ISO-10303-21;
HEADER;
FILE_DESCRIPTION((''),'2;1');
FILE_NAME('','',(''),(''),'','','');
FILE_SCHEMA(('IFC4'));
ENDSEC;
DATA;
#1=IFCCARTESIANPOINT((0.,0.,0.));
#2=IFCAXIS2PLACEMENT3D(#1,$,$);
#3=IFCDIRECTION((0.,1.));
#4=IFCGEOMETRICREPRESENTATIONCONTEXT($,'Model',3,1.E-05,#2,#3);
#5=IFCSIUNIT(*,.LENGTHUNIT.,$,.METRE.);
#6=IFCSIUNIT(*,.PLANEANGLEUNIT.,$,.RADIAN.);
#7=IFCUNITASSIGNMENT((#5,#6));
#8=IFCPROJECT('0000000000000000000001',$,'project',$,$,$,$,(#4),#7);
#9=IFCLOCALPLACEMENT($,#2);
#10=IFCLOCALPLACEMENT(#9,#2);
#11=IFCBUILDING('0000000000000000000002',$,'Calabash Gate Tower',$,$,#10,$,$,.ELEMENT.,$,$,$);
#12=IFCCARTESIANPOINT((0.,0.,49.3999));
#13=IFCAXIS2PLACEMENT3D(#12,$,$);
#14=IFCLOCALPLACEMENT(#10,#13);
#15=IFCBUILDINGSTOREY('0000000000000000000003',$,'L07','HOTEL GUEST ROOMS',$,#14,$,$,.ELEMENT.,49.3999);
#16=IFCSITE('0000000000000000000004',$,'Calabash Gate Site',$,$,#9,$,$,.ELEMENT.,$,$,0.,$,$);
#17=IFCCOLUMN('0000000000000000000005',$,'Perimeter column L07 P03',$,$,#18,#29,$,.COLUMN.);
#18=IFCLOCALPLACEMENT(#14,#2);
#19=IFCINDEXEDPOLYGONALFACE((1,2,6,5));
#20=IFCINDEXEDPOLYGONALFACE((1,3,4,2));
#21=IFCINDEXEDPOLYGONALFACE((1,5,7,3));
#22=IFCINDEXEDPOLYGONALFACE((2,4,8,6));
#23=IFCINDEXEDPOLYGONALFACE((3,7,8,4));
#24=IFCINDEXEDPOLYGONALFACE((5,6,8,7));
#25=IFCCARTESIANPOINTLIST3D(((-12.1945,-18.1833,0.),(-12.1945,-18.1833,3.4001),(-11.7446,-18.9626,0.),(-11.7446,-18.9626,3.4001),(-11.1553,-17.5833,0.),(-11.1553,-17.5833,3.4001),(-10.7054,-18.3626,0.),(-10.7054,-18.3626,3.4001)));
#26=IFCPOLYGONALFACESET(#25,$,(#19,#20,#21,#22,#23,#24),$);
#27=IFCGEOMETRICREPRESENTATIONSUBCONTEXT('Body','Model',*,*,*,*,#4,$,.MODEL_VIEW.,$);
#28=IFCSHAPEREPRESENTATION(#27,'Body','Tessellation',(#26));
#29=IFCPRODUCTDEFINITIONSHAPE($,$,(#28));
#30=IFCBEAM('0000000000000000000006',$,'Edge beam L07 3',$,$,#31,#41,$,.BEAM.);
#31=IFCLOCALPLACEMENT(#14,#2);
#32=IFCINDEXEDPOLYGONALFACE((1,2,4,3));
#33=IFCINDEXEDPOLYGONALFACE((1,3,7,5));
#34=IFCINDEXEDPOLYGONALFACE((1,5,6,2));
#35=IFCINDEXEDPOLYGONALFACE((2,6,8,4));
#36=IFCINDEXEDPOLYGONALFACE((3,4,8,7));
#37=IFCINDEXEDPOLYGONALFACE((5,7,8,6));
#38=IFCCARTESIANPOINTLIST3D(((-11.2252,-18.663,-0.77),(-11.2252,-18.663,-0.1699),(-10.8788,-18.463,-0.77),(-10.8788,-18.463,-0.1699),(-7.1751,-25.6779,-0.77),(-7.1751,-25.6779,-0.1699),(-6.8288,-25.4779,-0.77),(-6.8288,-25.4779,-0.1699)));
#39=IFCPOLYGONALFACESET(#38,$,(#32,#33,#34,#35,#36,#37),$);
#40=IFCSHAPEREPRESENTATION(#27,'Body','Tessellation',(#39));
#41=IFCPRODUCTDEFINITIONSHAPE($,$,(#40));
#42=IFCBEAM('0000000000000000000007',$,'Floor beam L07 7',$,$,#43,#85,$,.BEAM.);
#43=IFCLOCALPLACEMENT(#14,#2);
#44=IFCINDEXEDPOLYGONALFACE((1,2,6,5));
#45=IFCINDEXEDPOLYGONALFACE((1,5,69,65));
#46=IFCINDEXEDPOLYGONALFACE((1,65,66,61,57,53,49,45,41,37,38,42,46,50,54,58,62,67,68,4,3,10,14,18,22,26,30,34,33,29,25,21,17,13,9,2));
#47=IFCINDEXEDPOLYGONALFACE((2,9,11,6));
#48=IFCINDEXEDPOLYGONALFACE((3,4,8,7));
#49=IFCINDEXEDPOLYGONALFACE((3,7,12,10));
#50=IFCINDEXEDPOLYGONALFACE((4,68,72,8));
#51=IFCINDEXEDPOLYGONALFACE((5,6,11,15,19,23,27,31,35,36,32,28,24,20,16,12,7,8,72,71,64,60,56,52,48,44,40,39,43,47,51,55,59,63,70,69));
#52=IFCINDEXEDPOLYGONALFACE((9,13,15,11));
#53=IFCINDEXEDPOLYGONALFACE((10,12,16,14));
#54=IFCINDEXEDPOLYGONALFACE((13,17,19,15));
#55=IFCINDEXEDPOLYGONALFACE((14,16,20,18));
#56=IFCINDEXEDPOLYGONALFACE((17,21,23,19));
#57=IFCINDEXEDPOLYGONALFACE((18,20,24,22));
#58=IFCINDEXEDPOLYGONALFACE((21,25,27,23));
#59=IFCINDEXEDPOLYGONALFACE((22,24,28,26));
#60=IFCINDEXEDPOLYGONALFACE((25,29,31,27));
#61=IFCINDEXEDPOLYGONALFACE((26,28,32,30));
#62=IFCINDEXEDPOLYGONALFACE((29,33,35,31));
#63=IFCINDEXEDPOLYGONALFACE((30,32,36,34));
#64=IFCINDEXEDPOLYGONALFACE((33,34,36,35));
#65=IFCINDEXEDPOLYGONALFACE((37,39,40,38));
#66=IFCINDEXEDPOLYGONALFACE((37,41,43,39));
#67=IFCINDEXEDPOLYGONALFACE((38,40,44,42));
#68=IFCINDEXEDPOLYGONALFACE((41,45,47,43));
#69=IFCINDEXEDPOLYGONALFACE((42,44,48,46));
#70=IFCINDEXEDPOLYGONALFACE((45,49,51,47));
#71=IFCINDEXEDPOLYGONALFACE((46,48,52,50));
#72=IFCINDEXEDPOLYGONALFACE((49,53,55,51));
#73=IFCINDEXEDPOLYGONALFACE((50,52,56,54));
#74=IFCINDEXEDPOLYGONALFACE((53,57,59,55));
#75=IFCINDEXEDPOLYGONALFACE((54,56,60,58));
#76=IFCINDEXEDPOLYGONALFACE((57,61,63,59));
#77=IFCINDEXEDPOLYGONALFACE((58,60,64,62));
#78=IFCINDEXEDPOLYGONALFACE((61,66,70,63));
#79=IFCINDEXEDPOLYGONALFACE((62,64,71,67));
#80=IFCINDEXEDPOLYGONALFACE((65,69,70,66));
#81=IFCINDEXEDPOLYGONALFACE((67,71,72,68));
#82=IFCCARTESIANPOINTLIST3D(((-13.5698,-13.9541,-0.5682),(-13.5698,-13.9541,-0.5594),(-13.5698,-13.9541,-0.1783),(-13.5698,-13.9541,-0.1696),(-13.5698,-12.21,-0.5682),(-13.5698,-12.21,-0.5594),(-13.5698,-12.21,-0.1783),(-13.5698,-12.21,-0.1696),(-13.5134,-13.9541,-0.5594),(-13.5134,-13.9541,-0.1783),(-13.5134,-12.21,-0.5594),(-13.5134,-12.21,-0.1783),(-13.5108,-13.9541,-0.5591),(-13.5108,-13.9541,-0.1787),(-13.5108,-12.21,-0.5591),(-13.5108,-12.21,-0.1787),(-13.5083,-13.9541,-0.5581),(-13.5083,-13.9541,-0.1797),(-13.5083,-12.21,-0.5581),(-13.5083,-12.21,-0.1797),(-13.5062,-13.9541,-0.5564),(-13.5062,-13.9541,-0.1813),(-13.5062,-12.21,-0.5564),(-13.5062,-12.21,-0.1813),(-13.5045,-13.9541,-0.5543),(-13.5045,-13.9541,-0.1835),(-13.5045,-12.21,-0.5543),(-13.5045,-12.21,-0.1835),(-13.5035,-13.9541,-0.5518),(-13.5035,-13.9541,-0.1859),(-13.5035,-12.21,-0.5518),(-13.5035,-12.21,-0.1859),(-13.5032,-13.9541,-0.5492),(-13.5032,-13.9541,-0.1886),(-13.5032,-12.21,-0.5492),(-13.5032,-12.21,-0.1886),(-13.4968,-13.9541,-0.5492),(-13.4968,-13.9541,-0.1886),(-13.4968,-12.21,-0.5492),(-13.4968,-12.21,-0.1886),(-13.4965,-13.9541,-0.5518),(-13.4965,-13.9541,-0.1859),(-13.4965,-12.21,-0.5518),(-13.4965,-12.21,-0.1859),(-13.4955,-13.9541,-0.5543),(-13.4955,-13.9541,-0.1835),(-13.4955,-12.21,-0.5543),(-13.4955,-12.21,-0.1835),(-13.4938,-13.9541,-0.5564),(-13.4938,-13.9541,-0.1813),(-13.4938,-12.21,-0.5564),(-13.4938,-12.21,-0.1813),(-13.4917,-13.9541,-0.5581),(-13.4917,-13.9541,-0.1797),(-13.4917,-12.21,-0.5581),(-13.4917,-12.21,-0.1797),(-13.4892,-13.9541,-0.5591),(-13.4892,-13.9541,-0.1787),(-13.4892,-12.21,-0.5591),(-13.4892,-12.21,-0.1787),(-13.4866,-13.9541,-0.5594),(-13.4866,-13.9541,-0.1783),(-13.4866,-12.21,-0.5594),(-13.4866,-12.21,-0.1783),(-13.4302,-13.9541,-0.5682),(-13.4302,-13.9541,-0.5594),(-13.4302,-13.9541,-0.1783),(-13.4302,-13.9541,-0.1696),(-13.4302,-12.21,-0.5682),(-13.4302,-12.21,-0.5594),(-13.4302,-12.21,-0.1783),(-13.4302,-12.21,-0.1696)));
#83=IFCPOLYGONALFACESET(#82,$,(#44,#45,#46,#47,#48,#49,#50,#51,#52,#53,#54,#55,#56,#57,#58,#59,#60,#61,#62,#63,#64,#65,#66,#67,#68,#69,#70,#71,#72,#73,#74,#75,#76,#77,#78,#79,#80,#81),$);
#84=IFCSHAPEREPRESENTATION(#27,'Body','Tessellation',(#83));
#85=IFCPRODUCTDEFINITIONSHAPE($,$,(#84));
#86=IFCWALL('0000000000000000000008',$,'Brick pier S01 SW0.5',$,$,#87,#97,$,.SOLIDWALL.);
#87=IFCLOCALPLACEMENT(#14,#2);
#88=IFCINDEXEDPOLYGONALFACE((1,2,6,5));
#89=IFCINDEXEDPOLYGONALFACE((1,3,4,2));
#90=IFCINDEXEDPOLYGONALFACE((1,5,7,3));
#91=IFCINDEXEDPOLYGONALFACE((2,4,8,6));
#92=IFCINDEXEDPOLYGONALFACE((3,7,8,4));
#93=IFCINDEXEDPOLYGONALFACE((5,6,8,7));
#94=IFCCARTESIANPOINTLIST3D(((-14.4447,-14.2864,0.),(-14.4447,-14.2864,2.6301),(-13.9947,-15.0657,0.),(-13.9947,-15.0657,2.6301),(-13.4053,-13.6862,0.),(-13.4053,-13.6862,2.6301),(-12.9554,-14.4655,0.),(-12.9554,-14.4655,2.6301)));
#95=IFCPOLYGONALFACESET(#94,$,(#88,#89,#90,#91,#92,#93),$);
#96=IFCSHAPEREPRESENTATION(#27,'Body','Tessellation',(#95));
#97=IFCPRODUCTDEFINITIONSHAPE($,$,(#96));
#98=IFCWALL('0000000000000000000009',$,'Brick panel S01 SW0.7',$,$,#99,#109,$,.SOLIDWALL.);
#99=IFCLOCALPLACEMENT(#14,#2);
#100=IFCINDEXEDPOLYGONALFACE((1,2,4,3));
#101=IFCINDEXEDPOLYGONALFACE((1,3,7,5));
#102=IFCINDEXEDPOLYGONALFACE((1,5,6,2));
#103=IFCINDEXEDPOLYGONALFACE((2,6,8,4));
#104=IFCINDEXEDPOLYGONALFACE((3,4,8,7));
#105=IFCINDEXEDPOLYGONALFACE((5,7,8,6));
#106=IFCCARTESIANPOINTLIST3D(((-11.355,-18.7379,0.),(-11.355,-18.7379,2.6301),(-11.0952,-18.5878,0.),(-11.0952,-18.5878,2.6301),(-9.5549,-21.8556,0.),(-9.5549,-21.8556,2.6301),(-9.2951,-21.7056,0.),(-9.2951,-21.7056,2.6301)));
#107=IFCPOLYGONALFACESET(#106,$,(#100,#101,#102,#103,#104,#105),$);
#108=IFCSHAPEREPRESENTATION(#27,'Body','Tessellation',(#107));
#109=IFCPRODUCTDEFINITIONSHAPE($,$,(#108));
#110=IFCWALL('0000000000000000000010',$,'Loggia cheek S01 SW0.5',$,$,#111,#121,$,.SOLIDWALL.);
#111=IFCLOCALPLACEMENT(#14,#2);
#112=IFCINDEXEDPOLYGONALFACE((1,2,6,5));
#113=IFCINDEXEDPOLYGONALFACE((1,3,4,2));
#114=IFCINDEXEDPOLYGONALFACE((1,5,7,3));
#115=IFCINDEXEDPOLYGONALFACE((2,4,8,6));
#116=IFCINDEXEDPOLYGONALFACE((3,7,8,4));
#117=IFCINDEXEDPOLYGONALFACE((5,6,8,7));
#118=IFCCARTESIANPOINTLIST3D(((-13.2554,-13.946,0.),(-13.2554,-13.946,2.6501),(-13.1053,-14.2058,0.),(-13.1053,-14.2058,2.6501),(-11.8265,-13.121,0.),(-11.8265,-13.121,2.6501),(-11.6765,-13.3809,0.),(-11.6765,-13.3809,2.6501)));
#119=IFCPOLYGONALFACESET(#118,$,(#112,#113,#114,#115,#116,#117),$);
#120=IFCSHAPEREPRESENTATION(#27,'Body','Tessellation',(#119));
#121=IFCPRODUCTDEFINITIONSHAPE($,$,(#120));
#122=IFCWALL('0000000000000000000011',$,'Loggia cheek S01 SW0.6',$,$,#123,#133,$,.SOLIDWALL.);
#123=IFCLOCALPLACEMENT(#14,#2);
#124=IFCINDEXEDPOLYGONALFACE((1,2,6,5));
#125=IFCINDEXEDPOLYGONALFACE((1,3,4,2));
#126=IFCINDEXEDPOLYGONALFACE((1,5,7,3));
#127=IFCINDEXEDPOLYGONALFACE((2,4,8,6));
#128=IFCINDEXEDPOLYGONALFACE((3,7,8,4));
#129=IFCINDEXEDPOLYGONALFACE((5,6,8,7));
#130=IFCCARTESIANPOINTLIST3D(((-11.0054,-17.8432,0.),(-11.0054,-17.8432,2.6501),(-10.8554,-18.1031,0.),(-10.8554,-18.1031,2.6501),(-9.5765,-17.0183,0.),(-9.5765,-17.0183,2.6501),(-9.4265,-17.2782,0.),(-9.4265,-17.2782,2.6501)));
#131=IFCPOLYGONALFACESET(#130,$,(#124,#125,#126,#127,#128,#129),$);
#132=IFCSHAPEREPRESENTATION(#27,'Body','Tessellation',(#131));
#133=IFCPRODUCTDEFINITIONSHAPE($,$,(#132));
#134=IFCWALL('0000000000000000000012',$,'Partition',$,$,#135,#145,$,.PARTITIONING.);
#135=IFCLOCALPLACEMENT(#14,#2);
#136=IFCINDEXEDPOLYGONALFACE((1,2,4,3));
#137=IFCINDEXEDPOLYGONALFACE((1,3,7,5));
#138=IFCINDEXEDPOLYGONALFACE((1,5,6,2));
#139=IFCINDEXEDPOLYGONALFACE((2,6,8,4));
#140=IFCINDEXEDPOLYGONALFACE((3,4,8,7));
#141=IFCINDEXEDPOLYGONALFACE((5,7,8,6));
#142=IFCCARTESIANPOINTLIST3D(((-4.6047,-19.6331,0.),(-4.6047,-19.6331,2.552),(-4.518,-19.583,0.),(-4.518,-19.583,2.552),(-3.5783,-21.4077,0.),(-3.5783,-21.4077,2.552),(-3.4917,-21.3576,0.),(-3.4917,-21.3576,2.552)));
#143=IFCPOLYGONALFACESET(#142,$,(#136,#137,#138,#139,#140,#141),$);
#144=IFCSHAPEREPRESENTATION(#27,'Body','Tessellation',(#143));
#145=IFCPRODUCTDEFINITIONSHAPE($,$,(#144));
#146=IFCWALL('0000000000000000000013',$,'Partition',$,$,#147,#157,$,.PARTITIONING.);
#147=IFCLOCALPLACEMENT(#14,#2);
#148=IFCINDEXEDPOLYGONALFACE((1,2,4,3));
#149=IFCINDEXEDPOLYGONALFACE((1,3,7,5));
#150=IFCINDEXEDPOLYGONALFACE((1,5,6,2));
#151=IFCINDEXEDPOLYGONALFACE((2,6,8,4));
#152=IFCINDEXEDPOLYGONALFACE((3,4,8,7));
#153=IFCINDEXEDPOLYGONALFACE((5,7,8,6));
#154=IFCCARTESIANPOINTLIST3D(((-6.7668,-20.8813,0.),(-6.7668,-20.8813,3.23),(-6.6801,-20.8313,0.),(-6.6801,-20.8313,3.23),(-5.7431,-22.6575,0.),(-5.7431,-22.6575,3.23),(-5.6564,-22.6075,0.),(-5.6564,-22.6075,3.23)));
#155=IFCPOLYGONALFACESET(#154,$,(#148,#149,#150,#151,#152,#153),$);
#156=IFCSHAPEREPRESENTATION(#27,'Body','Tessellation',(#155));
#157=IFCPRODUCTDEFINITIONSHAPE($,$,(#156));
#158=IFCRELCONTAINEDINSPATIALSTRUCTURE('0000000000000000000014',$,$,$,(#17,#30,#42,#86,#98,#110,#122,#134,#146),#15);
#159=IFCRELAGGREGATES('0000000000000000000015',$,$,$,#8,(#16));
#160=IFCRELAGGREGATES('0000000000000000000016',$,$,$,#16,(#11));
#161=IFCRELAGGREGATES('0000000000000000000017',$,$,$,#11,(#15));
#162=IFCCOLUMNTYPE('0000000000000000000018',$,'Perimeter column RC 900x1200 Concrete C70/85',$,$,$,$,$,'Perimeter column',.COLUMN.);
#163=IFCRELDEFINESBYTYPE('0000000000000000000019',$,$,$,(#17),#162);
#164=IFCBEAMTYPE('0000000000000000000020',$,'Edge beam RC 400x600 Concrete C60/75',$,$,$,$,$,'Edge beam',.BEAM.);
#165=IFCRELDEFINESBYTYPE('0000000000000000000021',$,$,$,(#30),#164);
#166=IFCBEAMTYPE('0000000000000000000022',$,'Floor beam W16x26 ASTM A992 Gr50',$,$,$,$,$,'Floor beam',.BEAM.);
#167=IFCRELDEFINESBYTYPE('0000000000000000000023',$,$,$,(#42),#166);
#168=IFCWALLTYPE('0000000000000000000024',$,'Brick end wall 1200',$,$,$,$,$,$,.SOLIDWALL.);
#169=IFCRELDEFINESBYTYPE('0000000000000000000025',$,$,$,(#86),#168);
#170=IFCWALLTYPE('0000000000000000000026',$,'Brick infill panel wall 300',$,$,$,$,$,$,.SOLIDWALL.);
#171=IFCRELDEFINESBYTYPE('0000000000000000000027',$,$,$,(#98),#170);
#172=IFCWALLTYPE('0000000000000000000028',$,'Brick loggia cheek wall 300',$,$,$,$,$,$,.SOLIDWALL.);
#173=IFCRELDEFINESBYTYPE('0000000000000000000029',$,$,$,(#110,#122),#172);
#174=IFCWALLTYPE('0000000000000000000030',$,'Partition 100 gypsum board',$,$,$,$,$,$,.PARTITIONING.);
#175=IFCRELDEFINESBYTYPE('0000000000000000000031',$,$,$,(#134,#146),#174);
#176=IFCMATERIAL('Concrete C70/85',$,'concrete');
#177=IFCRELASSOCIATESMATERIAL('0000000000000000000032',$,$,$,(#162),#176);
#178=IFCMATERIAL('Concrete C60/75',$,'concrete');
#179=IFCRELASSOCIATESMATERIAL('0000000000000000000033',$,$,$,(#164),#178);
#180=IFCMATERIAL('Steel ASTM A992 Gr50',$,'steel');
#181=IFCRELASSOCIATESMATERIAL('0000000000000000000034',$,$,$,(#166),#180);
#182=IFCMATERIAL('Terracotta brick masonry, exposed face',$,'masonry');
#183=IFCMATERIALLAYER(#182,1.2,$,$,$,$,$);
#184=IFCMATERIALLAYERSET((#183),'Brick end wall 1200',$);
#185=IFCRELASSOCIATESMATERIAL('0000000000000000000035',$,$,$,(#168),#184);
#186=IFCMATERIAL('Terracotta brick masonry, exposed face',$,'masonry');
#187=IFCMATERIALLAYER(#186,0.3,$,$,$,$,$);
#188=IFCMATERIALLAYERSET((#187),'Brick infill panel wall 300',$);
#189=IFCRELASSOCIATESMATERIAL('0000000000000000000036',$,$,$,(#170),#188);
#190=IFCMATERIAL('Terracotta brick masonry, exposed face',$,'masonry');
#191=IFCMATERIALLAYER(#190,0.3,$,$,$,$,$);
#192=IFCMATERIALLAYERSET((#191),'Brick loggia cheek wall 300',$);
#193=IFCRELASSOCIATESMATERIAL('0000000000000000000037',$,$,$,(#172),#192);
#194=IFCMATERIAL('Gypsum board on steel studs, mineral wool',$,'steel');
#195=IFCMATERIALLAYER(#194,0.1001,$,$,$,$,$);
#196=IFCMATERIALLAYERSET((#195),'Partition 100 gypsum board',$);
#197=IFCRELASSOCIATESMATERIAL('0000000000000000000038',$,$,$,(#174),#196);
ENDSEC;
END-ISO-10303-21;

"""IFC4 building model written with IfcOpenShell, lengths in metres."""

from ifc_helpers import new_model, si_unit, direction, frame, frame_2d, origin, origin_2d, place, context, subcontext, project, spatial, rectangle, i_section, extrude, material, layer, layer_set, material_profile, profile_set, type_object, element, save


model = new_model("IFC4")

# Units and contexts
model_context = context("Model", 3, precision=1e-05, world=origin(), true_north=direction((0.0, 1.0)))
body_context = subcontext(model_context, "Body", "Model", "MODEL_VIEW")
ifc_project = project(units=[si_unit("LENGTHUNIT", "METRE"), si_unit("PLANEANGLEUNIT", "RADIAN")], contexts=[model_context])

# Site, building, storey
site_placement = place(None, origin())
site = spatial("IfcSite", under=ifc_project, at=site_placement, Name="Calabash Gate Site", CompositionType="ELEMENT", RefElevation=0.0)
building_placement = place(site_placement, origin())
building = spatial("IfcBuilding", under=site, at=building_placement, Name="Calabash Gate Tower", CompositionType="ELEMENT")
storey_placement = place(building_placement, frame((0.0, 0.0, 49.3999)))
storey = spatial("IfcBuildingStorey", under=building, at=storey_placement, Name="L07", Description="HOTEL GUEST ROOMS", CompositionType="ELEMENT", Elevation=49.3999)

# Column
ifc_material_1 = material(Name="Concrete C70/85", Category="concrete")
ifc_material_profile_1 = material_profile(ifc_material_1, rectangle(XDim=0.8999, YDim=1.2, at=origin_2d()))
ifc_profile_set_1 = profile_set([ifc_material_profile_1], Name="Concrete C70/85")
column_type = type_object("IfcColumnType", Name="Perimeter column RC 900x1200 Concrete C70/85", ElementType="Perimeter column", PredefinedType="COLUMN", material=ifc_profile_set_1)
column_placement = place(storey_placement, frame((-11.45, -18.2729, 0.0), z_axis=(0.0, 0.0, 1.0), x_axis=(0.5, -0.866025, 0.0)))
element("IfcColumn", 1, at=column_placement, inside=storey, type_object=column_type, Name="Perimeter column L07 P03", PredefinedType="COLUMN", context=body_context, shape_type="SweptSolid", body=[
    extrude(rectangle(XDim=0.8999, YDim=1.2, at=origin_2d()), origin(), (0.0, 0.0, 1.0), 3.4001),
])

# Beams
ifc_material_2 = material(Name="Concrete C60/75", Category="concrete")
ifc_material_profile_2 = material_profile(ifc_material_2, rectangle(XDim=0.3999, YDim=0.6001, at=origin_2d()))
ifc_profile_set_2 = profile_set([ifc_material_profile_2], Name="Concrete C60/75")
beam_type_1 = type_object("IfcBeamType", Name="Edge beam RC 400x600 Concrete C60/75", ElementType="Edge beam", PredefinedType="BEAM", material=ifc_profile_set_2)
beam_1_placement = place(storey_placement, frame((-11.052, -18.563, -0.47), z_axis=(0.5, -0.866025, 0.0), x_axis=(0.866025, 0.5, 0.0)))
element("IfcBeam", 2, at=beam_1_placement, inside=storey, type_object=beam_type_1, Name="Edge beam L07 3", PredefinedType="BEAM", context=body_context, shape_type="SweptSolid", body=[
    extrude(rectangle(XDim=0.3999, YDim=0.6001, at=origin_2d()), origin(), (0.0, 0.0, 1.0), 8.1001),
])
ifc_material_3 = material(Name="Steel ASTM A992 Gr50", Category="steel")
ifc_material_profile_3 = material_profile(ifc_material_3, i_section(OverallWidth=0.1396, OverallDepth=0.3987, WebThickness=0.0063, FlangeThickness=0.0088, FilletRadius=0.0103, at=origin_2d()))
ifc_profile_set_3 = profile_set([ifc_material_profile_3], Name="Steel ASTM A992 Gr50")
beam_type_2 = type_object("IfcBeamType", Name="Floor beam W16x26 ASTM A992 Gr50", ElementType="Floor beam", PredefinedType="BEAM", material=ifc_profile_set_3)
beam_2_placement = place(storey_placement, frame((-13.5, -13.9541, -0.3689), z_axis=(0.0, 1.0, 0.0), x_axis=(-1.0, 0.0, 0.0)))
element("IfcBeam", 3, at=beam_2_placement, inside=storey, type_object=beam_type_2, Name="Floor beam L07 7", PredefinedType="BEAM", context=body_context, shape_type="SweptSolid", body=[
    extrude(i_section(OverallWidth=0.1396, OverallDepth=0.3987, WebThickness=0.0063, FlangeThickness=0.0088, FilletRadius=0.0103, at=origin_2d()), origin(), (0.0, 0.0, 1.0), 1.7441),
])

# Walls
ifc_material_4 = material(Name="Terracotta brick masonry, exposed face", Category="masonry")
ifc_layer_1 = layer(ifc_material_4, 1.2)
ifc_layer_set_1 = layer_set([ifc_layer_1], Name="Brick end wall 1200")
wall_type_1 = type_object("IfcWallType", Name="Brick end wall 1200", PredefinedType="SOLIDWALL", material=ifc_layer_set_1)
wall_1_placement = place(storey_placement, frame((-14.2197, -14.676, 0.0), z_axis=(0.0, 0.0, 1.0), x_axis=(0.866006, 0.500034, 0.0)))
element("IfcWall", 4, at=wall_1_placement, inside=storey, type_object=wall_type_1, Name="Brick pier S01 SW0.5", PredefinedType="SOLIDWALL", context=body_context, shape_type="SweptSolid", body=[
    extrude(rectangle(XDim=1.2002, YDim=0.8999, at=frame_2d((0.6001, 0.0))), origin(), (0.0, 0.0, 1.0), 2.6301),
])
ifc_material_5 = material(Name="Terracotta brick masonry, exposed face", Category="masonry")
ifc_layer_2 = layer(ifc_material_5, 0.3)
ifc_layer_set_2 = layer_set([ifc_layer_2], Name="Brick infill panel wall 300")
wall_type_2 = type_object("IfcWallType", Name="Brick infill panel wall 300", PredefinedType="SOLIDWALL", material=ifc_layer_set_2)
wall_2_placement = place(storey_placement, frame((-11.2251, -18.6628, 0.0), z_axis=(0.0, 0.0, 1.0), x_axis=(0.500012, -0.866018, 0.0)))
element("IfcWall", 5, at=wall_2_placement, inside=storey, type_object=wall_type_2, Name="Brick panel S01 SW0.7", PredefinedType="SOLIDWALL", context=body_context, shape_type="SweptSolid", body=[
    extrude(rectangle(XDim=3.6001, YDim=0.3, at=frame_2d((1.8, 0.0))), origin(), (0.0, 0.0, 1.0), 2.6301),
])
ifc_material_6 = material(Name="Terracotta brick masonry, exposed face", Category="masonry")
ifc_layer_3 = layer(ifc_material_6, 0.3)
ifc_layer_set_3 = layer_set([ifc_layer_3], Name="Brick loggia cheek wall 300")
wall_type_3 = type_object("IfcWallType", Name="Brick loggia cheek wall 300", PredefinedType="SOLIDWALL", material=ifc_layer_set_3)
for number, where, z_axis, x_axis, name in (
    (6, (-11.7515, -13.251, 0.0), (0.0, 0.0, 1.0), (-0.86604, -0.499974, 0.0), "Loggia cheek S01 SW0.5"),
    (7, (-10.9304, -17.9731, 0.0), (0.0, 0.0, 1.0), (0.86604, 0.499974, 0.0), "Loggia cheek S01 SW0.6"),
):
    element("IfcWall", number, at=place(storey_placement, frame(where, z_axis=z_axis, x_axis=x_axis)), inside=storey, type_object=wall_type_3, Name=name, PredefinedType="SOLIDWALL", context=body_context, shape_type="SweptSolid", body=[
        extrude(rectangle(XDim=1.6499, YDim=0.3, at=frame_2d((0.825, 0.0))), origin(), (0.0, 0.0, 1.0), 2.6501),
    ])
ifc_material_7 = material(Name="Gypsum board on steel studs, mineral wool", Category="steel")
ifc_layer_4 = layer(ifc_material_7, 0.1001)
ifc_layer_set_4 = layer_set([ifc_layer_4], Name="Partition 100 gypsum board")
wall_type_4 = type_object("IfcWallType", Name="Partition 100 gypsum board", PredefinedType="PARTITIONING", material=ifc_layer_set_4)
wall_3_placement = place(storey_placement, frame((-4.5613, -19.6082, 0.0), z_axis=(0.0, 0.0, 1.0), x_axis=(0.500647, -0.865652, 0.0)))
element("IfcWall", 8, at=wall_3_placement, inside=storey, type_object=wall_type_4, Name="Partition", PredefinedType="PARTITIONING", context=body_context, shape_type="SweptSolid", body=[
    extrude(rectangle(XDim=2.05, YDim=0.1001, at=frame_2d((1.0249, 0.0))), origin(), (0.0, 0.0, 1.0), 2.552),
])
wall_4_placement = place(storey_placement, frame((-6.7234, -20.8564, 0.0), z_axis=(0.0, 0.0, 1.0), x_axis=(0.499355, -0.866398, 0.0)))
element("IfcWall", 9, at=wall_4_placement, inside=storey, type_object=wall_type_4, Name="Partition", PredefinedType="PARTITIONING", context=body_context, shape_type="SweptSolid", body=[
    extrude(rectangle(XDim=2.05, YDim=0.1001, at=frame_2d((1.0249, 0.0))), origin(), (0.0, 0.0, 1.0), 3.23),
])

save(model, "model.ifc")
